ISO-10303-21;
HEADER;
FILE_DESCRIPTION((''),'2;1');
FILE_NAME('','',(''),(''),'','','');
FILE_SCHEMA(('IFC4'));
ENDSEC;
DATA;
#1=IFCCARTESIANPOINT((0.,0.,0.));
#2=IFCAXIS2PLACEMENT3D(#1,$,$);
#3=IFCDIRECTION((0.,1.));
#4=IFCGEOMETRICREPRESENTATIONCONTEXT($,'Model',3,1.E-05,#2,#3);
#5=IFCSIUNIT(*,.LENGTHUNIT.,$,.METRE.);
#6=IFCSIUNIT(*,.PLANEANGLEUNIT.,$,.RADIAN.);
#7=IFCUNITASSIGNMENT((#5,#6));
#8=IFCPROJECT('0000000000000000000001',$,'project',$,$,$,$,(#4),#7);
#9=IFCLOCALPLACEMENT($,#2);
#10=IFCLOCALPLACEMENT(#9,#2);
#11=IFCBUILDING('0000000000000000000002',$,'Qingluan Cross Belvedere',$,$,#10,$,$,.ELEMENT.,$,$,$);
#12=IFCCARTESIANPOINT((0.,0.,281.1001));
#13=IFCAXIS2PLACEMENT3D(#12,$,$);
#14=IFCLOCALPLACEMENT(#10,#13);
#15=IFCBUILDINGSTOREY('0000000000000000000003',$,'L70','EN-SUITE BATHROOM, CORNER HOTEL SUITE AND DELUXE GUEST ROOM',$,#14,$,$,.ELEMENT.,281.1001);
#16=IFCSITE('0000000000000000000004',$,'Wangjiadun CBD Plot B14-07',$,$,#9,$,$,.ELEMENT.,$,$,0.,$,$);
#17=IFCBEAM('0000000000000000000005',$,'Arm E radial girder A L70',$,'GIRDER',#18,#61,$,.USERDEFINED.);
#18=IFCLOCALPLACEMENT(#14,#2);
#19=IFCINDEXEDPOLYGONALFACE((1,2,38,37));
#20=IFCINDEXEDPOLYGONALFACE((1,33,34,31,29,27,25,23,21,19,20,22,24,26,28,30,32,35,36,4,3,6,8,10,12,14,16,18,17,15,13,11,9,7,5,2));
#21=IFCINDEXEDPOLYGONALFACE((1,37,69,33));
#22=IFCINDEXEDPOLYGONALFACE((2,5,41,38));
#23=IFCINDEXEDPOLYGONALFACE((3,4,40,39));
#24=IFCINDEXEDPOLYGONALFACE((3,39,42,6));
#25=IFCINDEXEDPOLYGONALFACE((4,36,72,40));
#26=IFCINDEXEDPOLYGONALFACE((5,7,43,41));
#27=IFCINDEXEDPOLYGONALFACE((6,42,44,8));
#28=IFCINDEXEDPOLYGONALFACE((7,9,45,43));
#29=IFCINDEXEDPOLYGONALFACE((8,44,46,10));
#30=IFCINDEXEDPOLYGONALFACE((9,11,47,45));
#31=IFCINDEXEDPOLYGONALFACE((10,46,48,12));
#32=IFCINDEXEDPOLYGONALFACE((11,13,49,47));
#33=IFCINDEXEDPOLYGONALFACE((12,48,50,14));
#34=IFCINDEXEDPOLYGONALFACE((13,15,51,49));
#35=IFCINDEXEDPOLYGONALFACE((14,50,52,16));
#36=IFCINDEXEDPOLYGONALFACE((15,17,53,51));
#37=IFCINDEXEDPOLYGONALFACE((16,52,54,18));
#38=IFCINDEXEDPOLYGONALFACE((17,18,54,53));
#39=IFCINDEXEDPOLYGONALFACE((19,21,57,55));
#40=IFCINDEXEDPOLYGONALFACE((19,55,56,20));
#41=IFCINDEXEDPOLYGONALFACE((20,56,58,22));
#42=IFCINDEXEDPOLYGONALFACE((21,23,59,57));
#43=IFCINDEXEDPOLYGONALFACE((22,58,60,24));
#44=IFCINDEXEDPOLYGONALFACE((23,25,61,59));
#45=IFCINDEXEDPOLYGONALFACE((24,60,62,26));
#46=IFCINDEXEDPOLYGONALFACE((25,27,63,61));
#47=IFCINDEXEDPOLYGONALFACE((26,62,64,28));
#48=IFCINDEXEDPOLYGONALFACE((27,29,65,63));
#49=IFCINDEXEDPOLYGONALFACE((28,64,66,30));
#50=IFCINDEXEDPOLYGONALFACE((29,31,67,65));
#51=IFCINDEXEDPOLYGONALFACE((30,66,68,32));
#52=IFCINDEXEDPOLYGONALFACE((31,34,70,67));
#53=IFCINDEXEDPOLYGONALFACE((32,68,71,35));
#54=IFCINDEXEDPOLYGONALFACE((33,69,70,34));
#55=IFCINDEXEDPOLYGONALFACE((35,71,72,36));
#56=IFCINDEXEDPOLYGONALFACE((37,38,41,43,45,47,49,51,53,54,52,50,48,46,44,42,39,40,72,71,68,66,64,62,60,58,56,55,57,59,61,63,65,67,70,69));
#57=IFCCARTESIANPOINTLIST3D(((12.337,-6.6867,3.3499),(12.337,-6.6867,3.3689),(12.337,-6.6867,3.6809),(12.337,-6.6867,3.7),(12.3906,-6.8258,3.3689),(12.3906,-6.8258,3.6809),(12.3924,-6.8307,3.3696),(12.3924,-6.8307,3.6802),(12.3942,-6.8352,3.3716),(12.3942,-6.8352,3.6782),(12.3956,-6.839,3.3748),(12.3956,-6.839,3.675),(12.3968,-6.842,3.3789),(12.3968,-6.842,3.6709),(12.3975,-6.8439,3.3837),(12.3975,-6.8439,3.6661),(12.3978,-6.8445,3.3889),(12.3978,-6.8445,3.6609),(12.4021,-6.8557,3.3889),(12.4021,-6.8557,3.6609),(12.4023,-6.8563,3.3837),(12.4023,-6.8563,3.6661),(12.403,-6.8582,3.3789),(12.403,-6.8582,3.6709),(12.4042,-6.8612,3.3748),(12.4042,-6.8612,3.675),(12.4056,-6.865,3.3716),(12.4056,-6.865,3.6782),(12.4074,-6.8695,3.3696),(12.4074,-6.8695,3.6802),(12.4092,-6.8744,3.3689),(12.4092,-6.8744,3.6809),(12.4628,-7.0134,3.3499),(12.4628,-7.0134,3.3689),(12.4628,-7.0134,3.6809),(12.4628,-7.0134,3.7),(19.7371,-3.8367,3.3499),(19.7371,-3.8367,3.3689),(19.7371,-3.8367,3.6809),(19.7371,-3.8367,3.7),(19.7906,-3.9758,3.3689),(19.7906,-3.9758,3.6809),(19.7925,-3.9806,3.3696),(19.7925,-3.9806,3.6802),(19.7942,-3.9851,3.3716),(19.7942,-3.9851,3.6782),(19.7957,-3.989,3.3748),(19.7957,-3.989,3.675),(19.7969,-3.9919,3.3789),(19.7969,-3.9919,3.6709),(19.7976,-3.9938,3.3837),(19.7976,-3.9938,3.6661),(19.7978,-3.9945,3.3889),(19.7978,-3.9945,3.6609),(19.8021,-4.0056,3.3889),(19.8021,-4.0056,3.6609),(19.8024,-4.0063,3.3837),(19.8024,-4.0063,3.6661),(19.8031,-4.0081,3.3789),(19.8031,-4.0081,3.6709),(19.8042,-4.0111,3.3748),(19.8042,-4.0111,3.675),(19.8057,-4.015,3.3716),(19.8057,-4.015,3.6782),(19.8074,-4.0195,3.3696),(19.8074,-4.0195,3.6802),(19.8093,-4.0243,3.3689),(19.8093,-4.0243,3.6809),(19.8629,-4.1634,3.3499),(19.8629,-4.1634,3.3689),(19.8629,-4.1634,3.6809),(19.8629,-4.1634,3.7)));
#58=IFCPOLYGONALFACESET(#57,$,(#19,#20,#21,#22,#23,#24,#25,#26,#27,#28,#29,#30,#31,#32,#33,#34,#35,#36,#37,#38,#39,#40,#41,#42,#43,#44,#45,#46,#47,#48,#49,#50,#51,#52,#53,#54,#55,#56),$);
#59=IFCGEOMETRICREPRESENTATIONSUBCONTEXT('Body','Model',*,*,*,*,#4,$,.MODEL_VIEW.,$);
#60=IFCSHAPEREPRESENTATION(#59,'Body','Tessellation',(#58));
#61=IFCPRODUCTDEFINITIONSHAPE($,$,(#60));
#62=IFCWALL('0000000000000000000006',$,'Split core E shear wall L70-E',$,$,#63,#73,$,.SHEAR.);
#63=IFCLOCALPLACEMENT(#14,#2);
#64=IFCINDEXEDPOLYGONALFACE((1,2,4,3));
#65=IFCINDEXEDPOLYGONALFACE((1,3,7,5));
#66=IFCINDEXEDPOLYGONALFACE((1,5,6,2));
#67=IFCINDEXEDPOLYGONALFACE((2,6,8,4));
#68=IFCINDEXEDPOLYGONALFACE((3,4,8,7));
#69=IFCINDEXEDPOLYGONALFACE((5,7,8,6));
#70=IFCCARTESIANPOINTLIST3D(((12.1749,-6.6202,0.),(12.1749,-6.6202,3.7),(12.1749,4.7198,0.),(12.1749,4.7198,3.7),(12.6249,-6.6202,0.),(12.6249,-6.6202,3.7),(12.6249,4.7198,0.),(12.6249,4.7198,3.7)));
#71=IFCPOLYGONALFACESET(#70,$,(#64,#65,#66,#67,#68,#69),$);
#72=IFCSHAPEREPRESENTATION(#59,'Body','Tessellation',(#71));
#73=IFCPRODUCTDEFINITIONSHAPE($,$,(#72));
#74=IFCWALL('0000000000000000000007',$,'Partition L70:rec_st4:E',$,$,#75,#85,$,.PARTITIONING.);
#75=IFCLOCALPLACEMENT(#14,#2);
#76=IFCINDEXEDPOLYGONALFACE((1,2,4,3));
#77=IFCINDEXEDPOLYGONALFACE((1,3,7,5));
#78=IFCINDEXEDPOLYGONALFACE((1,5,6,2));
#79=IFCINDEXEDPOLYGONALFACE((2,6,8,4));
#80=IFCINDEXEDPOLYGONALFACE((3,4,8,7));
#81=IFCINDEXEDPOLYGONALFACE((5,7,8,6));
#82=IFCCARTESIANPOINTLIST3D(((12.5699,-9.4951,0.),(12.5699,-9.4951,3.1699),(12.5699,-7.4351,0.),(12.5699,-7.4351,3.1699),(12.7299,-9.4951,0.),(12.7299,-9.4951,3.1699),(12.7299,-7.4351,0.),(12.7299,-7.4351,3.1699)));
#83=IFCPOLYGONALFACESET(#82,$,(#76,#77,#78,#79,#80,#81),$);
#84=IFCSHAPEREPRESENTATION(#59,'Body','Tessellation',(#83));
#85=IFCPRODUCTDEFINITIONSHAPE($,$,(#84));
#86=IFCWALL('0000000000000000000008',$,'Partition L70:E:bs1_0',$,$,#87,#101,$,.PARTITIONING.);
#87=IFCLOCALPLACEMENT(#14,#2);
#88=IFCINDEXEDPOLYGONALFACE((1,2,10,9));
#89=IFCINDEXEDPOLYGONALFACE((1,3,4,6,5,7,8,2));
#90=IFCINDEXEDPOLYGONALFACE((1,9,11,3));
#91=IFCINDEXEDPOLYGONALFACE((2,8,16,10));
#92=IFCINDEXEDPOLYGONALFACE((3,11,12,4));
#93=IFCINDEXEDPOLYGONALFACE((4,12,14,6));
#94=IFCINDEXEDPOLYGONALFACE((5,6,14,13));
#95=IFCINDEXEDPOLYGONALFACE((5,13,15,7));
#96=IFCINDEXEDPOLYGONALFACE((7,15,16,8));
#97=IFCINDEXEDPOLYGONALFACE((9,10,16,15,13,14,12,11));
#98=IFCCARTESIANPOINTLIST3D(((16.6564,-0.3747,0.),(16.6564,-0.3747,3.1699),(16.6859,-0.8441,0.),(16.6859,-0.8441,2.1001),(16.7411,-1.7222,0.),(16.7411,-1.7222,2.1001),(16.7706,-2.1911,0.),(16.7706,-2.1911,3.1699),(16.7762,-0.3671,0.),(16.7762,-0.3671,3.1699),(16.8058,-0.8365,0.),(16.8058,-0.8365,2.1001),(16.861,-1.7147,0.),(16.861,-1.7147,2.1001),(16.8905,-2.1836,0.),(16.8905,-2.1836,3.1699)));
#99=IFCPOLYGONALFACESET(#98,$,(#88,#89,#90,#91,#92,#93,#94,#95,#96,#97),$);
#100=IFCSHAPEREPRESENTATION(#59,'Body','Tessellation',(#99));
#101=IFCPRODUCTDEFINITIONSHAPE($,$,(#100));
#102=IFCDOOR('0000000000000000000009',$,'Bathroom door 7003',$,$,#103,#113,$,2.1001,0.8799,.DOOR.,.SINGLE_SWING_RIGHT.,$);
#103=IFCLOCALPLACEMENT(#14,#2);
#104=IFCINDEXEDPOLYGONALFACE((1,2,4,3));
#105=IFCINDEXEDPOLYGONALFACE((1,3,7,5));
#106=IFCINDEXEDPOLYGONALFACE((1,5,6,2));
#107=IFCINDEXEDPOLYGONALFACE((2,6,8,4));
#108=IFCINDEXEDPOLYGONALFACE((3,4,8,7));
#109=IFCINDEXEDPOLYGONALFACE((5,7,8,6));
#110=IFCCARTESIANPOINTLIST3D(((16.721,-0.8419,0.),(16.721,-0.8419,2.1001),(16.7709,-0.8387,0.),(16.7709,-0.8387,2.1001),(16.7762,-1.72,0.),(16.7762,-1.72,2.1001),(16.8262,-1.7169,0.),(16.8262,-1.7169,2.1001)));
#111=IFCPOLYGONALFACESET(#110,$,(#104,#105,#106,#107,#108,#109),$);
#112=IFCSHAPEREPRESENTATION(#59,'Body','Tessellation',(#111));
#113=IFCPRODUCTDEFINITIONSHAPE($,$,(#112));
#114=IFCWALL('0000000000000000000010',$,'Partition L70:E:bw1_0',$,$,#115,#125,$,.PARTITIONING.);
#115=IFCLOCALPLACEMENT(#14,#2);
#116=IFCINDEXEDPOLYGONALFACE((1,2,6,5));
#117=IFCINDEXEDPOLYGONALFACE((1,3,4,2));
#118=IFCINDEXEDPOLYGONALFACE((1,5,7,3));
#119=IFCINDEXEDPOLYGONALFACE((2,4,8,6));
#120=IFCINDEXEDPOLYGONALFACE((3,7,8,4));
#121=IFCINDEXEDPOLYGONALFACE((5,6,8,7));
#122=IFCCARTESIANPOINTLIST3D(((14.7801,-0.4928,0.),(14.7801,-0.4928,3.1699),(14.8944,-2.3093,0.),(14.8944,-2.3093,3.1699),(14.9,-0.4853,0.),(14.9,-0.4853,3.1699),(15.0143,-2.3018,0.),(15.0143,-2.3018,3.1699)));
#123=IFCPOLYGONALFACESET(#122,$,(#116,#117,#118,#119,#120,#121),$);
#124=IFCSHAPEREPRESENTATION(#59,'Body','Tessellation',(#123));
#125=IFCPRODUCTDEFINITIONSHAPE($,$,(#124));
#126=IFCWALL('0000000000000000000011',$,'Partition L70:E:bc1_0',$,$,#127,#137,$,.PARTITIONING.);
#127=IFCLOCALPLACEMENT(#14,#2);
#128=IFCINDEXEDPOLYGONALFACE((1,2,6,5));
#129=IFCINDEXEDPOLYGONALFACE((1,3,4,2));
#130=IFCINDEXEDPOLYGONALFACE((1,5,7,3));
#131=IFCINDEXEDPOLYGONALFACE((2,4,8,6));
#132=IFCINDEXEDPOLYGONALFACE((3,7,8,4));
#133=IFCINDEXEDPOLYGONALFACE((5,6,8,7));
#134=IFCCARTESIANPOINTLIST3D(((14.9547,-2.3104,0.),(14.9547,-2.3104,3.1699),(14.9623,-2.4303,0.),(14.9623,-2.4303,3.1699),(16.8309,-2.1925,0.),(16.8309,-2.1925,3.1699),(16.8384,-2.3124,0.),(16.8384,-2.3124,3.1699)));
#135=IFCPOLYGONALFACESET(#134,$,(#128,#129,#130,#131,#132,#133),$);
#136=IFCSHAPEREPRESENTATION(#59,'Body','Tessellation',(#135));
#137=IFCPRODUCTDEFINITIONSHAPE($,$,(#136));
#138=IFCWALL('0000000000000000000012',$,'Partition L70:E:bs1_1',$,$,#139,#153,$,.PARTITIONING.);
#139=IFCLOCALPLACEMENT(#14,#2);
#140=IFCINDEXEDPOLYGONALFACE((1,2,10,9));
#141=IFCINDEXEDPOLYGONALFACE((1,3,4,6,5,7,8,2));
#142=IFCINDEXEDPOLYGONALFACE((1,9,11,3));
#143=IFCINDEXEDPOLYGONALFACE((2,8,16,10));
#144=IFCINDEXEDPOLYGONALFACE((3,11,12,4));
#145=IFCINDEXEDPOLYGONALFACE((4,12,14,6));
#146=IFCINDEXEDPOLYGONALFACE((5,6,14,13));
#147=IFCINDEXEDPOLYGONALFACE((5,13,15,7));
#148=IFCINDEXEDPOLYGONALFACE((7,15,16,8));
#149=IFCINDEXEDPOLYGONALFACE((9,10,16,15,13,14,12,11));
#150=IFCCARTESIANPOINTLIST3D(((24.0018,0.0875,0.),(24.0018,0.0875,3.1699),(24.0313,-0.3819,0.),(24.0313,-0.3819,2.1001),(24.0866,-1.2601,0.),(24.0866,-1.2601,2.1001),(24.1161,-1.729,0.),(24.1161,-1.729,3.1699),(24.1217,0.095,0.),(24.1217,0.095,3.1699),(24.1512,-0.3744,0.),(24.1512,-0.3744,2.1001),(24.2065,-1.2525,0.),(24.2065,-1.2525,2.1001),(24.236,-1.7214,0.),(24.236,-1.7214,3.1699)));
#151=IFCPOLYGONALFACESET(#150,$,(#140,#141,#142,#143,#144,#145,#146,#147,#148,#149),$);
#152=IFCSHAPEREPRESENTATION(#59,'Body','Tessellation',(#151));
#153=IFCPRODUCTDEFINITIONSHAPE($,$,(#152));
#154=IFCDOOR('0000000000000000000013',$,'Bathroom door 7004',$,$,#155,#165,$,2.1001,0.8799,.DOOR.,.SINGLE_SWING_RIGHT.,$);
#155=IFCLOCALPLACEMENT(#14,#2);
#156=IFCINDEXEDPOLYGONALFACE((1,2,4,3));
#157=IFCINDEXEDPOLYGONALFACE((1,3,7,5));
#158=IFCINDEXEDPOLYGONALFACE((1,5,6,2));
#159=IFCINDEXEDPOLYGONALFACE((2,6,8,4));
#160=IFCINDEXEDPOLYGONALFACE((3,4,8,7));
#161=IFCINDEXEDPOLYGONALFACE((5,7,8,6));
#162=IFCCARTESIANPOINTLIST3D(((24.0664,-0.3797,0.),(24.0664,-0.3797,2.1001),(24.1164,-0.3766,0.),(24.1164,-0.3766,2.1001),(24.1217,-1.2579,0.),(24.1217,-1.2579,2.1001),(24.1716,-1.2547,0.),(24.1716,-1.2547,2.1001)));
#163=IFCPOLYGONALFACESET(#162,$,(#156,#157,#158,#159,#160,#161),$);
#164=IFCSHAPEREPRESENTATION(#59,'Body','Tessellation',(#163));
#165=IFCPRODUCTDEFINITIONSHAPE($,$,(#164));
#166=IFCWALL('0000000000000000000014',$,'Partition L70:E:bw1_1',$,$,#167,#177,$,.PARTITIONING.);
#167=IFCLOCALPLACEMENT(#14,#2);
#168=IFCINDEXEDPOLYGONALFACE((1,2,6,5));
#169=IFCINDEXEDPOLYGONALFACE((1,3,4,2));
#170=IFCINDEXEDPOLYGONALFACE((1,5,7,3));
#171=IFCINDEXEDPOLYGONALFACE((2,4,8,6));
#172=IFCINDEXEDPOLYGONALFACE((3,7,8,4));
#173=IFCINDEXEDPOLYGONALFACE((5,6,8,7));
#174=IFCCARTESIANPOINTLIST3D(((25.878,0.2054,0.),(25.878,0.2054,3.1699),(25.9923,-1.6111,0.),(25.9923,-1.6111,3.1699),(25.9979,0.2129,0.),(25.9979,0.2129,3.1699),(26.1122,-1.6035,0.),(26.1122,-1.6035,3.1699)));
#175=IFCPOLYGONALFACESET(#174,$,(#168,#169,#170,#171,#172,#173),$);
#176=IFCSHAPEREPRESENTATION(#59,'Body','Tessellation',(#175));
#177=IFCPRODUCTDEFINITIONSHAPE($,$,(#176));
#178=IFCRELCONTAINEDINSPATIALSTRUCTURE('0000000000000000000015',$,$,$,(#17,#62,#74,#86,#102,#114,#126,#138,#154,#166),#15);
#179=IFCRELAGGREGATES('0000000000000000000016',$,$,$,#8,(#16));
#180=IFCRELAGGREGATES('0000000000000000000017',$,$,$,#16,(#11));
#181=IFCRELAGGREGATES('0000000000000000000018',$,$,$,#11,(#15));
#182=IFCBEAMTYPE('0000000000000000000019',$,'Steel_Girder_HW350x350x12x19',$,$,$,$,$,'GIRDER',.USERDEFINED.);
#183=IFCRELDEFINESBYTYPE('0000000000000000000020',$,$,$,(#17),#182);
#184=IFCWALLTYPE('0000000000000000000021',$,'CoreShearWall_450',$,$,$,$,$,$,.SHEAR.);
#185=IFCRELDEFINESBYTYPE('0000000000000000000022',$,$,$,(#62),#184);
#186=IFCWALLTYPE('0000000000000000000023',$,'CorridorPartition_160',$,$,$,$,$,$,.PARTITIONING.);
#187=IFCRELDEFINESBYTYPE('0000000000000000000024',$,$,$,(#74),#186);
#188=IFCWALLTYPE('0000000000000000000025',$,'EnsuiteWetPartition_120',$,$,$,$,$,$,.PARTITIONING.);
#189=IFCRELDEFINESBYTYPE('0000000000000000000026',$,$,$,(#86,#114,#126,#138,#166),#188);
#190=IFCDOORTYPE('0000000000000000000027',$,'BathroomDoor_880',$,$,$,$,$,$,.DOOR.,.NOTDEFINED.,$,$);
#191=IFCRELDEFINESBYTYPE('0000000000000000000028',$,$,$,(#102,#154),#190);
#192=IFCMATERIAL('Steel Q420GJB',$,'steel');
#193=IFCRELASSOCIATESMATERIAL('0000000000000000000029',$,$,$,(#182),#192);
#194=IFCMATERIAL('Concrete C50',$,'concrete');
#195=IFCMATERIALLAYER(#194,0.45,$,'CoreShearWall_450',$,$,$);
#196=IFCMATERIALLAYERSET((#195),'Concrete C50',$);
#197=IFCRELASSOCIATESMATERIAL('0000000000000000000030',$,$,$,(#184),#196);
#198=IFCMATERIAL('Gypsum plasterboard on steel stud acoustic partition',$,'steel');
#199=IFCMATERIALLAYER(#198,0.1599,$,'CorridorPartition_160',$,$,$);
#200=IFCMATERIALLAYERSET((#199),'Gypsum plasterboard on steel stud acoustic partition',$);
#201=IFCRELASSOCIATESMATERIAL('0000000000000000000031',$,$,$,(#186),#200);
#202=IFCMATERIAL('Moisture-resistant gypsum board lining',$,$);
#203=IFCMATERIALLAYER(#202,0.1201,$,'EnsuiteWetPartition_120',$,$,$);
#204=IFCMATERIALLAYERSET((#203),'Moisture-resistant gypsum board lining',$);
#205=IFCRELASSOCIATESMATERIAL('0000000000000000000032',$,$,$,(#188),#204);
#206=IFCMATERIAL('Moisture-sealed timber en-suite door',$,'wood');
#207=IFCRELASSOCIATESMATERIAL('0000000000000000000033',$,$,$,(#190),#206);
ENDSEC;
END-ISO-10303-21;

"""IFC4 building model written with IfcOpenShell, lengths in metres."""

from ifc_helpers import new_model, si_unit, direction, frame, frame_2d, origin, origin_2d, place, context, subcontext, project, spatial, rectangle, i_section, extrude, material, layer, layer_set, material_profile, profile_set, type_object, element, fill, save


model = new_model("IFC4")

# Units and contexts
model_context = context("Model", 3, precision=1e-05, world=origin(), true_north=direction((0.0, 1.0)))
body_context = subcontext(model_context, "Body", "Model", "MODEL_VIEW")
ifc_project = project(units=[si_unit("LENGTHUNIT", "METRE"), si_unit("PLANEANGLEUNIT", "RADIAN")], contexts=[model_context])

# Site, building, storey
site_placement = place(None, origin())
site = spatial("IfcSite", under=ifc_project, at=site_placement, Name="Wangjiadun CBD Plot B14-07", CompositionType="ELEMENT", RefElevation=0.0)
building_placement = place(site_placement, origin())
building = spatial("IfcBuilding", under=site, at=building_placement, Name="Qingluan Cross Belvedere", CompositionType="ELEMENT")
storey_placement = place(building_placement, frame((0.0, 0.0, 281.1001)))
storey = spatial("IfcBuildingStorey", under=building, at=storey_placement, Name="L70", Description="EN-SUITE BATHROOM, CORNER HOTEL SUITE AND DELUXE GUEST ROOM", CompositionType="ELEMENT", Elevation=281.1001)

# Beam
ifc_material_1 = material(Name="Steel Q420GJB", Category="steel")
ifc_material_profile_1 = material_profile(ifc_material_1, i_section(OverallWidth=0.3501, OverallDepth=0.3501, WebThickness=0.012, FlangeThickness=0.019, FilletRadius=0.02, at=origin_2d()), Name="HW350x350x12x19")
ifc_profile_set_1 = profile_set([ifc_material_profile_1], Name="Steel Q420GJB")
beam_type_1 = type_object("IfcBeamType", Name="Steel_Girder_HW350x350x12x19", ElementType="GIRDER", PredefinedType="USERDEFINED", material=ifc_profile_set_1)
beam_1_placement = place(storey_placement, frame((12.3999, -6.8501, 3.5249), z_axis=(0.933181, 0.359406, 0.0), x_axis=(-0.359406, 0.933181, 0.0)))
element("IfcBeam", 1, at=beam_1_placement, inside=storey, type_object=beam_type_1, Name="Arm E radial girder A L70", ObjectType="GIRDER", PredefinedType="USERDEFINED", context=body_context, shape_type="SweptSolid", body=[
    extrude(i_section(OverallWidth=0.3501, OverallDepth=0.3501, WebThickness=0.012, FlangeThickness=0.019, FilletRadius=0.02, at=origin_2d()), origin(), (0.0, 0.0, 1.0), 7.9299),
])

# Walls
ifc_material_2 = material(Name="Concrete C50", Category="concrete")
ifc_layer_1 = layer(ifc_material_2, 0.45, Name="CoreShearWall_450")
ifc_layer_set_1 = layer_set([ifc_layer_1], Name="Concrete C50")
wall_type_1 = type_object("IfcWallType", Name="CoreShearWall_450", PredefinedType="SHEAR", material=ifc_layer_set_1)
wall_1_placement = place(storey_placement, frame((12.3999, -6.6201, 0.0), z_axis=(0.0, 0.0, 1.0), x_axis=(0.0, 1.0, 0.0)))
element("IfcWall", 2, at=wall_1_placement, inside=storey, type_object=wall_type_1, Name="Split core E shear wall L70-E", PredefinedType="SHEAR", context=body_context, shape_type="SweptSolid", body=[
    extrude(rectangle(XDim=11.3401, YDim=0.45, at=frame_2d((5.6699, 0.0))), origin(), (0.0, 0.0, 1.0), 3.7),
])
ifc_material_3 = material(Name="Gypsum plasterboard on steel stud acoustic partition", Category="steel")
ifc_layer_2 = layer(ifc_material_3, 0.1599, Name="CorridorPartition_160")
ifc_layer_set_2 = layer_set([ifc_layer_2], Name="Gypsum plasterboard on steel stud acoustic partition")
wall_type_2 = type_object("IfcWallType", Name="CorridorPartition_160", PredefinedType="PARTITIONING", material=ifc_layer_set_2)
wall_2_placement = place(storey_placement, frame((12.6499, -9.4951, 0.0), z_axis=(0.0, 0.0, 1.0), x_axis=(0.0, 1.0, 0.0)))
element("IfcWall", 3, at=wall_2_placement, inside=storey, type_object=wall_type_2, Name="Partition L70:rec_st4:E", PredefinedType="PARTITIONING", context=body_context, shape_type="SweptSolid", body=[
    extrude(rectangle(XDim=2.0601, YDim=0.1599, at=frame_2d((1.03, 0.0))), origin(), (0.0, 0.0, 1.0), 3.1699),
])

# Wall, opening, door
ifc_material_4 = material(Name="Moisture-resistant gypsum board lining")
ifc_layer_3 = layer(ifc_material_4, 0.1201, Name="EnsuiteWetPartition_120")
ifc_layer_set_3 = layer_set([ifc_layer_3], Name="Moisture-resistant gypsum board lining")
wall_type_3 = type_object("IfcWallType", Name="EnsuiteWetPartition_120", PredefinedType="PARTITIONING", material=ifc_layer_set_3)
wall_3_placement = place(storey_placement, frame((16.8306, -2.1875, 0.0), z_axis=(0.0, 0.0, 1.0), x_axis=(-0.062779, 0.998027, 0.0)))
wall_3 = element("IfcWall", 4, at=wall_3_placement, inside=storey, type_object=wall_type_3, Name="Partition L70:E:bs1_0", PredefinedType="PARTITIONING", context=body_context, shape_type="SweptSolid", body=[
    extrude(rectangle(XDim=1.8201, YDim=0.1201, at=frame_2d((0.9102, 0.0))), origin(), (0.0, 0.0, 1.0), 3.1699),
])
opening_1_placement = place(wall_3_placement, frame((0.47, 0.0, 0.0)))
opening_1 = element("IfcOpeningElement", 5, at=opening_1_placement, cuts=wall_3, PredefinedType="OPENING", context=body_context, shape_type="SweptSolid", body=[
    extrude(rectangle(XDim=0.8799, YDim=2.1001, at=frame_2d((0.4399, 1.05))), frame((0.0, 0.0701, 0.0), z_axis=(0.0, -1.0, 0.0), x_axis=(1.0, 0.0, 0.0)), (0.0, 0.0, 1.0), 0.1401),
])
ifc_material_5 = material(Name="Moisture-sealed timber en-suite door", Category="wood")
door_type_1 = type_object("IfcDoorType", Name="BathroomDoor_880", OperationType="NOTDEFINED", PredefinedType="DOOR", material=ifc_material_5)
door_1_placement = place(opening_1_placement, origin())
door_1 = element("IfcDoor", 6, at=door_1_placement, inside=storey, type_object=door_type_1, Name="Bathroom door 7003", OperationType="SINGLE_SWING_RIGHT", OverallHeight=2.1001, OverallWidth=0.8799, PredefinedType="DOOR", context=body_context, shape_type="SweptSolid", body=[
    extrude(rectangle(XDim=0.8799, YDim=2.1001, at=frame_2d((0.4399, 1.05))), frame((0.0, 0.0249, 0.0), z_axis=(0.0, -1.0, 0.0), x_axis=(1.0, 0.0, 0.0)), (0.0, 0.0, 1.0), 0.05),
])
fill(opening_1, door_1)

# Walls
wall_4_placement = place(storey_placement, frame((14.9543, -2.3057, 0.0), z_axis=(0.0, 0.0, 1.0), x_axis=(-0.062779, 0.998027, 0.0)))
element("IfcWall", 7, at=wall_4_placement, inside=storey, type_object=wall_type_3, Name="Partition L70:E:bw1_0", PredefinedType="PARTITIONING", context=body_context, shape_type="SweptSolid", body=[
    extrude(rectangle(XDim=1.8201, YDim=0.1201, at=frame_2d((0.9102, 0.0))), origin(), (0.0, 0.0, 1.0), 3.1699),
])
wall_5_placement = place(storey_placement, frame((14.9585, -2.3704, 0.0), z_axis=(0.0, 0.0, 1.0), x_axis=(0.998031, 0.062726, 0.0)))
element("IfcWall", 8, at=wall_5_placement, inside=storey, type_object=wall_type_3, Name="Partition L70:E:bc1_0", PredefinedType="PARTITIONING", context=body_context, shape_type="SweptSolid", body=[
    extrude(rectangle(XDim=1.8799, YDim=0.1201, at=frame_2d((0.9399, 0.0))), origin(), (0.0, 0.0, 1.0), 3.1699),
])

# Wall, opening, door
wall_6_placement = place(storey_placement, frame((24.176, -1.7253, 0.0), z_axis=(0.0, 0.0, 1.0), x_axis=(-0.062779, 0.998027, 0.0)))
wall_6 = element("IfcWall", 9, at=wall_6_placement, inside=storey, type_object=wall_type_3, Name="Partition L70:E:bs1_1", PredefinedType="PARTITIONING", context=body_context, shape_type="SweptSolid", body=[
    extrude(rectangle(XDim=1.8201, YDim=0.1201, at=frame_2d((0.9102, 0.0))), origin(), (0.0, 0.0, 1.0), 3.1699),
])
opening_2_placement = place(wall_6_placement, frame((0.47, 0.0, 0.0)))
opening_2 = element("IfcOpeningElement", 10, at=opening_2_placement, cuts=wall_6, PredefinedType="OPENING", context=body_context, shape_type="SweptSolid", body=[
    extrude(rectangle(XDim=0.8799, YDim=2.1001, at=frame_2d((0.4399, 1.05))), frame((0.0, 0.0701, 0.0), z_axis=(0.0, -1.0, 0.0), x_axis=(1.0, 0.0, 0.0)), (0.0, 0.0, 1.0), 0.1401),
])
door_2_placement = place(opening_2_placement, origin())
door_2 = element("IfcDoor", 11, at=door_2_placement, inside=storey, type_object=door_type_1, Name="Bathroom door 7004", OperationType="SINGLE_SWING_RIGHT", OverallHeight=2.1001, OverallWidth=0.8799, PredefinedType="DOOR", context=body_context, shape_type="SweptSolid", body=[
    extrude(rectangle(XDim=0.8799, YDim=2.1001, at=frame_2d((0.4399, 1.05))), frame((0.0, 0.0249, 0.0), z_axis=(0.0, -1.0, 0.0), x_axis=(1.0, 0.0, 0.0)), (0.0, 0.0, 1.0), 0.05),
])
fill(opening_2, door_2)

# Wall
wall_7_placement = place(storey_placement, frame((26.0522, -1.6074, 0.0), z_axis=(0.0, 0.0, 1.0), x_axis=(-0.062779, 0.998027, 0.0)))
element("IfcWall", 12, at=wall_7_placement, inside=storey, type_object=wall_type_3, Name="Partition L70:E:bw1_1", PredefinedType="PARTITIONING", context=body_context, shape_type="SweptSolid", body=[
    extrude(rectangle(XDim=1.8201, YDim=0.1201, at=frame_2d((0.9102, 0.0))), origin(), (0.0, 0.0, 1.0), 3.1699),
])

save(model, "model.ifc")
